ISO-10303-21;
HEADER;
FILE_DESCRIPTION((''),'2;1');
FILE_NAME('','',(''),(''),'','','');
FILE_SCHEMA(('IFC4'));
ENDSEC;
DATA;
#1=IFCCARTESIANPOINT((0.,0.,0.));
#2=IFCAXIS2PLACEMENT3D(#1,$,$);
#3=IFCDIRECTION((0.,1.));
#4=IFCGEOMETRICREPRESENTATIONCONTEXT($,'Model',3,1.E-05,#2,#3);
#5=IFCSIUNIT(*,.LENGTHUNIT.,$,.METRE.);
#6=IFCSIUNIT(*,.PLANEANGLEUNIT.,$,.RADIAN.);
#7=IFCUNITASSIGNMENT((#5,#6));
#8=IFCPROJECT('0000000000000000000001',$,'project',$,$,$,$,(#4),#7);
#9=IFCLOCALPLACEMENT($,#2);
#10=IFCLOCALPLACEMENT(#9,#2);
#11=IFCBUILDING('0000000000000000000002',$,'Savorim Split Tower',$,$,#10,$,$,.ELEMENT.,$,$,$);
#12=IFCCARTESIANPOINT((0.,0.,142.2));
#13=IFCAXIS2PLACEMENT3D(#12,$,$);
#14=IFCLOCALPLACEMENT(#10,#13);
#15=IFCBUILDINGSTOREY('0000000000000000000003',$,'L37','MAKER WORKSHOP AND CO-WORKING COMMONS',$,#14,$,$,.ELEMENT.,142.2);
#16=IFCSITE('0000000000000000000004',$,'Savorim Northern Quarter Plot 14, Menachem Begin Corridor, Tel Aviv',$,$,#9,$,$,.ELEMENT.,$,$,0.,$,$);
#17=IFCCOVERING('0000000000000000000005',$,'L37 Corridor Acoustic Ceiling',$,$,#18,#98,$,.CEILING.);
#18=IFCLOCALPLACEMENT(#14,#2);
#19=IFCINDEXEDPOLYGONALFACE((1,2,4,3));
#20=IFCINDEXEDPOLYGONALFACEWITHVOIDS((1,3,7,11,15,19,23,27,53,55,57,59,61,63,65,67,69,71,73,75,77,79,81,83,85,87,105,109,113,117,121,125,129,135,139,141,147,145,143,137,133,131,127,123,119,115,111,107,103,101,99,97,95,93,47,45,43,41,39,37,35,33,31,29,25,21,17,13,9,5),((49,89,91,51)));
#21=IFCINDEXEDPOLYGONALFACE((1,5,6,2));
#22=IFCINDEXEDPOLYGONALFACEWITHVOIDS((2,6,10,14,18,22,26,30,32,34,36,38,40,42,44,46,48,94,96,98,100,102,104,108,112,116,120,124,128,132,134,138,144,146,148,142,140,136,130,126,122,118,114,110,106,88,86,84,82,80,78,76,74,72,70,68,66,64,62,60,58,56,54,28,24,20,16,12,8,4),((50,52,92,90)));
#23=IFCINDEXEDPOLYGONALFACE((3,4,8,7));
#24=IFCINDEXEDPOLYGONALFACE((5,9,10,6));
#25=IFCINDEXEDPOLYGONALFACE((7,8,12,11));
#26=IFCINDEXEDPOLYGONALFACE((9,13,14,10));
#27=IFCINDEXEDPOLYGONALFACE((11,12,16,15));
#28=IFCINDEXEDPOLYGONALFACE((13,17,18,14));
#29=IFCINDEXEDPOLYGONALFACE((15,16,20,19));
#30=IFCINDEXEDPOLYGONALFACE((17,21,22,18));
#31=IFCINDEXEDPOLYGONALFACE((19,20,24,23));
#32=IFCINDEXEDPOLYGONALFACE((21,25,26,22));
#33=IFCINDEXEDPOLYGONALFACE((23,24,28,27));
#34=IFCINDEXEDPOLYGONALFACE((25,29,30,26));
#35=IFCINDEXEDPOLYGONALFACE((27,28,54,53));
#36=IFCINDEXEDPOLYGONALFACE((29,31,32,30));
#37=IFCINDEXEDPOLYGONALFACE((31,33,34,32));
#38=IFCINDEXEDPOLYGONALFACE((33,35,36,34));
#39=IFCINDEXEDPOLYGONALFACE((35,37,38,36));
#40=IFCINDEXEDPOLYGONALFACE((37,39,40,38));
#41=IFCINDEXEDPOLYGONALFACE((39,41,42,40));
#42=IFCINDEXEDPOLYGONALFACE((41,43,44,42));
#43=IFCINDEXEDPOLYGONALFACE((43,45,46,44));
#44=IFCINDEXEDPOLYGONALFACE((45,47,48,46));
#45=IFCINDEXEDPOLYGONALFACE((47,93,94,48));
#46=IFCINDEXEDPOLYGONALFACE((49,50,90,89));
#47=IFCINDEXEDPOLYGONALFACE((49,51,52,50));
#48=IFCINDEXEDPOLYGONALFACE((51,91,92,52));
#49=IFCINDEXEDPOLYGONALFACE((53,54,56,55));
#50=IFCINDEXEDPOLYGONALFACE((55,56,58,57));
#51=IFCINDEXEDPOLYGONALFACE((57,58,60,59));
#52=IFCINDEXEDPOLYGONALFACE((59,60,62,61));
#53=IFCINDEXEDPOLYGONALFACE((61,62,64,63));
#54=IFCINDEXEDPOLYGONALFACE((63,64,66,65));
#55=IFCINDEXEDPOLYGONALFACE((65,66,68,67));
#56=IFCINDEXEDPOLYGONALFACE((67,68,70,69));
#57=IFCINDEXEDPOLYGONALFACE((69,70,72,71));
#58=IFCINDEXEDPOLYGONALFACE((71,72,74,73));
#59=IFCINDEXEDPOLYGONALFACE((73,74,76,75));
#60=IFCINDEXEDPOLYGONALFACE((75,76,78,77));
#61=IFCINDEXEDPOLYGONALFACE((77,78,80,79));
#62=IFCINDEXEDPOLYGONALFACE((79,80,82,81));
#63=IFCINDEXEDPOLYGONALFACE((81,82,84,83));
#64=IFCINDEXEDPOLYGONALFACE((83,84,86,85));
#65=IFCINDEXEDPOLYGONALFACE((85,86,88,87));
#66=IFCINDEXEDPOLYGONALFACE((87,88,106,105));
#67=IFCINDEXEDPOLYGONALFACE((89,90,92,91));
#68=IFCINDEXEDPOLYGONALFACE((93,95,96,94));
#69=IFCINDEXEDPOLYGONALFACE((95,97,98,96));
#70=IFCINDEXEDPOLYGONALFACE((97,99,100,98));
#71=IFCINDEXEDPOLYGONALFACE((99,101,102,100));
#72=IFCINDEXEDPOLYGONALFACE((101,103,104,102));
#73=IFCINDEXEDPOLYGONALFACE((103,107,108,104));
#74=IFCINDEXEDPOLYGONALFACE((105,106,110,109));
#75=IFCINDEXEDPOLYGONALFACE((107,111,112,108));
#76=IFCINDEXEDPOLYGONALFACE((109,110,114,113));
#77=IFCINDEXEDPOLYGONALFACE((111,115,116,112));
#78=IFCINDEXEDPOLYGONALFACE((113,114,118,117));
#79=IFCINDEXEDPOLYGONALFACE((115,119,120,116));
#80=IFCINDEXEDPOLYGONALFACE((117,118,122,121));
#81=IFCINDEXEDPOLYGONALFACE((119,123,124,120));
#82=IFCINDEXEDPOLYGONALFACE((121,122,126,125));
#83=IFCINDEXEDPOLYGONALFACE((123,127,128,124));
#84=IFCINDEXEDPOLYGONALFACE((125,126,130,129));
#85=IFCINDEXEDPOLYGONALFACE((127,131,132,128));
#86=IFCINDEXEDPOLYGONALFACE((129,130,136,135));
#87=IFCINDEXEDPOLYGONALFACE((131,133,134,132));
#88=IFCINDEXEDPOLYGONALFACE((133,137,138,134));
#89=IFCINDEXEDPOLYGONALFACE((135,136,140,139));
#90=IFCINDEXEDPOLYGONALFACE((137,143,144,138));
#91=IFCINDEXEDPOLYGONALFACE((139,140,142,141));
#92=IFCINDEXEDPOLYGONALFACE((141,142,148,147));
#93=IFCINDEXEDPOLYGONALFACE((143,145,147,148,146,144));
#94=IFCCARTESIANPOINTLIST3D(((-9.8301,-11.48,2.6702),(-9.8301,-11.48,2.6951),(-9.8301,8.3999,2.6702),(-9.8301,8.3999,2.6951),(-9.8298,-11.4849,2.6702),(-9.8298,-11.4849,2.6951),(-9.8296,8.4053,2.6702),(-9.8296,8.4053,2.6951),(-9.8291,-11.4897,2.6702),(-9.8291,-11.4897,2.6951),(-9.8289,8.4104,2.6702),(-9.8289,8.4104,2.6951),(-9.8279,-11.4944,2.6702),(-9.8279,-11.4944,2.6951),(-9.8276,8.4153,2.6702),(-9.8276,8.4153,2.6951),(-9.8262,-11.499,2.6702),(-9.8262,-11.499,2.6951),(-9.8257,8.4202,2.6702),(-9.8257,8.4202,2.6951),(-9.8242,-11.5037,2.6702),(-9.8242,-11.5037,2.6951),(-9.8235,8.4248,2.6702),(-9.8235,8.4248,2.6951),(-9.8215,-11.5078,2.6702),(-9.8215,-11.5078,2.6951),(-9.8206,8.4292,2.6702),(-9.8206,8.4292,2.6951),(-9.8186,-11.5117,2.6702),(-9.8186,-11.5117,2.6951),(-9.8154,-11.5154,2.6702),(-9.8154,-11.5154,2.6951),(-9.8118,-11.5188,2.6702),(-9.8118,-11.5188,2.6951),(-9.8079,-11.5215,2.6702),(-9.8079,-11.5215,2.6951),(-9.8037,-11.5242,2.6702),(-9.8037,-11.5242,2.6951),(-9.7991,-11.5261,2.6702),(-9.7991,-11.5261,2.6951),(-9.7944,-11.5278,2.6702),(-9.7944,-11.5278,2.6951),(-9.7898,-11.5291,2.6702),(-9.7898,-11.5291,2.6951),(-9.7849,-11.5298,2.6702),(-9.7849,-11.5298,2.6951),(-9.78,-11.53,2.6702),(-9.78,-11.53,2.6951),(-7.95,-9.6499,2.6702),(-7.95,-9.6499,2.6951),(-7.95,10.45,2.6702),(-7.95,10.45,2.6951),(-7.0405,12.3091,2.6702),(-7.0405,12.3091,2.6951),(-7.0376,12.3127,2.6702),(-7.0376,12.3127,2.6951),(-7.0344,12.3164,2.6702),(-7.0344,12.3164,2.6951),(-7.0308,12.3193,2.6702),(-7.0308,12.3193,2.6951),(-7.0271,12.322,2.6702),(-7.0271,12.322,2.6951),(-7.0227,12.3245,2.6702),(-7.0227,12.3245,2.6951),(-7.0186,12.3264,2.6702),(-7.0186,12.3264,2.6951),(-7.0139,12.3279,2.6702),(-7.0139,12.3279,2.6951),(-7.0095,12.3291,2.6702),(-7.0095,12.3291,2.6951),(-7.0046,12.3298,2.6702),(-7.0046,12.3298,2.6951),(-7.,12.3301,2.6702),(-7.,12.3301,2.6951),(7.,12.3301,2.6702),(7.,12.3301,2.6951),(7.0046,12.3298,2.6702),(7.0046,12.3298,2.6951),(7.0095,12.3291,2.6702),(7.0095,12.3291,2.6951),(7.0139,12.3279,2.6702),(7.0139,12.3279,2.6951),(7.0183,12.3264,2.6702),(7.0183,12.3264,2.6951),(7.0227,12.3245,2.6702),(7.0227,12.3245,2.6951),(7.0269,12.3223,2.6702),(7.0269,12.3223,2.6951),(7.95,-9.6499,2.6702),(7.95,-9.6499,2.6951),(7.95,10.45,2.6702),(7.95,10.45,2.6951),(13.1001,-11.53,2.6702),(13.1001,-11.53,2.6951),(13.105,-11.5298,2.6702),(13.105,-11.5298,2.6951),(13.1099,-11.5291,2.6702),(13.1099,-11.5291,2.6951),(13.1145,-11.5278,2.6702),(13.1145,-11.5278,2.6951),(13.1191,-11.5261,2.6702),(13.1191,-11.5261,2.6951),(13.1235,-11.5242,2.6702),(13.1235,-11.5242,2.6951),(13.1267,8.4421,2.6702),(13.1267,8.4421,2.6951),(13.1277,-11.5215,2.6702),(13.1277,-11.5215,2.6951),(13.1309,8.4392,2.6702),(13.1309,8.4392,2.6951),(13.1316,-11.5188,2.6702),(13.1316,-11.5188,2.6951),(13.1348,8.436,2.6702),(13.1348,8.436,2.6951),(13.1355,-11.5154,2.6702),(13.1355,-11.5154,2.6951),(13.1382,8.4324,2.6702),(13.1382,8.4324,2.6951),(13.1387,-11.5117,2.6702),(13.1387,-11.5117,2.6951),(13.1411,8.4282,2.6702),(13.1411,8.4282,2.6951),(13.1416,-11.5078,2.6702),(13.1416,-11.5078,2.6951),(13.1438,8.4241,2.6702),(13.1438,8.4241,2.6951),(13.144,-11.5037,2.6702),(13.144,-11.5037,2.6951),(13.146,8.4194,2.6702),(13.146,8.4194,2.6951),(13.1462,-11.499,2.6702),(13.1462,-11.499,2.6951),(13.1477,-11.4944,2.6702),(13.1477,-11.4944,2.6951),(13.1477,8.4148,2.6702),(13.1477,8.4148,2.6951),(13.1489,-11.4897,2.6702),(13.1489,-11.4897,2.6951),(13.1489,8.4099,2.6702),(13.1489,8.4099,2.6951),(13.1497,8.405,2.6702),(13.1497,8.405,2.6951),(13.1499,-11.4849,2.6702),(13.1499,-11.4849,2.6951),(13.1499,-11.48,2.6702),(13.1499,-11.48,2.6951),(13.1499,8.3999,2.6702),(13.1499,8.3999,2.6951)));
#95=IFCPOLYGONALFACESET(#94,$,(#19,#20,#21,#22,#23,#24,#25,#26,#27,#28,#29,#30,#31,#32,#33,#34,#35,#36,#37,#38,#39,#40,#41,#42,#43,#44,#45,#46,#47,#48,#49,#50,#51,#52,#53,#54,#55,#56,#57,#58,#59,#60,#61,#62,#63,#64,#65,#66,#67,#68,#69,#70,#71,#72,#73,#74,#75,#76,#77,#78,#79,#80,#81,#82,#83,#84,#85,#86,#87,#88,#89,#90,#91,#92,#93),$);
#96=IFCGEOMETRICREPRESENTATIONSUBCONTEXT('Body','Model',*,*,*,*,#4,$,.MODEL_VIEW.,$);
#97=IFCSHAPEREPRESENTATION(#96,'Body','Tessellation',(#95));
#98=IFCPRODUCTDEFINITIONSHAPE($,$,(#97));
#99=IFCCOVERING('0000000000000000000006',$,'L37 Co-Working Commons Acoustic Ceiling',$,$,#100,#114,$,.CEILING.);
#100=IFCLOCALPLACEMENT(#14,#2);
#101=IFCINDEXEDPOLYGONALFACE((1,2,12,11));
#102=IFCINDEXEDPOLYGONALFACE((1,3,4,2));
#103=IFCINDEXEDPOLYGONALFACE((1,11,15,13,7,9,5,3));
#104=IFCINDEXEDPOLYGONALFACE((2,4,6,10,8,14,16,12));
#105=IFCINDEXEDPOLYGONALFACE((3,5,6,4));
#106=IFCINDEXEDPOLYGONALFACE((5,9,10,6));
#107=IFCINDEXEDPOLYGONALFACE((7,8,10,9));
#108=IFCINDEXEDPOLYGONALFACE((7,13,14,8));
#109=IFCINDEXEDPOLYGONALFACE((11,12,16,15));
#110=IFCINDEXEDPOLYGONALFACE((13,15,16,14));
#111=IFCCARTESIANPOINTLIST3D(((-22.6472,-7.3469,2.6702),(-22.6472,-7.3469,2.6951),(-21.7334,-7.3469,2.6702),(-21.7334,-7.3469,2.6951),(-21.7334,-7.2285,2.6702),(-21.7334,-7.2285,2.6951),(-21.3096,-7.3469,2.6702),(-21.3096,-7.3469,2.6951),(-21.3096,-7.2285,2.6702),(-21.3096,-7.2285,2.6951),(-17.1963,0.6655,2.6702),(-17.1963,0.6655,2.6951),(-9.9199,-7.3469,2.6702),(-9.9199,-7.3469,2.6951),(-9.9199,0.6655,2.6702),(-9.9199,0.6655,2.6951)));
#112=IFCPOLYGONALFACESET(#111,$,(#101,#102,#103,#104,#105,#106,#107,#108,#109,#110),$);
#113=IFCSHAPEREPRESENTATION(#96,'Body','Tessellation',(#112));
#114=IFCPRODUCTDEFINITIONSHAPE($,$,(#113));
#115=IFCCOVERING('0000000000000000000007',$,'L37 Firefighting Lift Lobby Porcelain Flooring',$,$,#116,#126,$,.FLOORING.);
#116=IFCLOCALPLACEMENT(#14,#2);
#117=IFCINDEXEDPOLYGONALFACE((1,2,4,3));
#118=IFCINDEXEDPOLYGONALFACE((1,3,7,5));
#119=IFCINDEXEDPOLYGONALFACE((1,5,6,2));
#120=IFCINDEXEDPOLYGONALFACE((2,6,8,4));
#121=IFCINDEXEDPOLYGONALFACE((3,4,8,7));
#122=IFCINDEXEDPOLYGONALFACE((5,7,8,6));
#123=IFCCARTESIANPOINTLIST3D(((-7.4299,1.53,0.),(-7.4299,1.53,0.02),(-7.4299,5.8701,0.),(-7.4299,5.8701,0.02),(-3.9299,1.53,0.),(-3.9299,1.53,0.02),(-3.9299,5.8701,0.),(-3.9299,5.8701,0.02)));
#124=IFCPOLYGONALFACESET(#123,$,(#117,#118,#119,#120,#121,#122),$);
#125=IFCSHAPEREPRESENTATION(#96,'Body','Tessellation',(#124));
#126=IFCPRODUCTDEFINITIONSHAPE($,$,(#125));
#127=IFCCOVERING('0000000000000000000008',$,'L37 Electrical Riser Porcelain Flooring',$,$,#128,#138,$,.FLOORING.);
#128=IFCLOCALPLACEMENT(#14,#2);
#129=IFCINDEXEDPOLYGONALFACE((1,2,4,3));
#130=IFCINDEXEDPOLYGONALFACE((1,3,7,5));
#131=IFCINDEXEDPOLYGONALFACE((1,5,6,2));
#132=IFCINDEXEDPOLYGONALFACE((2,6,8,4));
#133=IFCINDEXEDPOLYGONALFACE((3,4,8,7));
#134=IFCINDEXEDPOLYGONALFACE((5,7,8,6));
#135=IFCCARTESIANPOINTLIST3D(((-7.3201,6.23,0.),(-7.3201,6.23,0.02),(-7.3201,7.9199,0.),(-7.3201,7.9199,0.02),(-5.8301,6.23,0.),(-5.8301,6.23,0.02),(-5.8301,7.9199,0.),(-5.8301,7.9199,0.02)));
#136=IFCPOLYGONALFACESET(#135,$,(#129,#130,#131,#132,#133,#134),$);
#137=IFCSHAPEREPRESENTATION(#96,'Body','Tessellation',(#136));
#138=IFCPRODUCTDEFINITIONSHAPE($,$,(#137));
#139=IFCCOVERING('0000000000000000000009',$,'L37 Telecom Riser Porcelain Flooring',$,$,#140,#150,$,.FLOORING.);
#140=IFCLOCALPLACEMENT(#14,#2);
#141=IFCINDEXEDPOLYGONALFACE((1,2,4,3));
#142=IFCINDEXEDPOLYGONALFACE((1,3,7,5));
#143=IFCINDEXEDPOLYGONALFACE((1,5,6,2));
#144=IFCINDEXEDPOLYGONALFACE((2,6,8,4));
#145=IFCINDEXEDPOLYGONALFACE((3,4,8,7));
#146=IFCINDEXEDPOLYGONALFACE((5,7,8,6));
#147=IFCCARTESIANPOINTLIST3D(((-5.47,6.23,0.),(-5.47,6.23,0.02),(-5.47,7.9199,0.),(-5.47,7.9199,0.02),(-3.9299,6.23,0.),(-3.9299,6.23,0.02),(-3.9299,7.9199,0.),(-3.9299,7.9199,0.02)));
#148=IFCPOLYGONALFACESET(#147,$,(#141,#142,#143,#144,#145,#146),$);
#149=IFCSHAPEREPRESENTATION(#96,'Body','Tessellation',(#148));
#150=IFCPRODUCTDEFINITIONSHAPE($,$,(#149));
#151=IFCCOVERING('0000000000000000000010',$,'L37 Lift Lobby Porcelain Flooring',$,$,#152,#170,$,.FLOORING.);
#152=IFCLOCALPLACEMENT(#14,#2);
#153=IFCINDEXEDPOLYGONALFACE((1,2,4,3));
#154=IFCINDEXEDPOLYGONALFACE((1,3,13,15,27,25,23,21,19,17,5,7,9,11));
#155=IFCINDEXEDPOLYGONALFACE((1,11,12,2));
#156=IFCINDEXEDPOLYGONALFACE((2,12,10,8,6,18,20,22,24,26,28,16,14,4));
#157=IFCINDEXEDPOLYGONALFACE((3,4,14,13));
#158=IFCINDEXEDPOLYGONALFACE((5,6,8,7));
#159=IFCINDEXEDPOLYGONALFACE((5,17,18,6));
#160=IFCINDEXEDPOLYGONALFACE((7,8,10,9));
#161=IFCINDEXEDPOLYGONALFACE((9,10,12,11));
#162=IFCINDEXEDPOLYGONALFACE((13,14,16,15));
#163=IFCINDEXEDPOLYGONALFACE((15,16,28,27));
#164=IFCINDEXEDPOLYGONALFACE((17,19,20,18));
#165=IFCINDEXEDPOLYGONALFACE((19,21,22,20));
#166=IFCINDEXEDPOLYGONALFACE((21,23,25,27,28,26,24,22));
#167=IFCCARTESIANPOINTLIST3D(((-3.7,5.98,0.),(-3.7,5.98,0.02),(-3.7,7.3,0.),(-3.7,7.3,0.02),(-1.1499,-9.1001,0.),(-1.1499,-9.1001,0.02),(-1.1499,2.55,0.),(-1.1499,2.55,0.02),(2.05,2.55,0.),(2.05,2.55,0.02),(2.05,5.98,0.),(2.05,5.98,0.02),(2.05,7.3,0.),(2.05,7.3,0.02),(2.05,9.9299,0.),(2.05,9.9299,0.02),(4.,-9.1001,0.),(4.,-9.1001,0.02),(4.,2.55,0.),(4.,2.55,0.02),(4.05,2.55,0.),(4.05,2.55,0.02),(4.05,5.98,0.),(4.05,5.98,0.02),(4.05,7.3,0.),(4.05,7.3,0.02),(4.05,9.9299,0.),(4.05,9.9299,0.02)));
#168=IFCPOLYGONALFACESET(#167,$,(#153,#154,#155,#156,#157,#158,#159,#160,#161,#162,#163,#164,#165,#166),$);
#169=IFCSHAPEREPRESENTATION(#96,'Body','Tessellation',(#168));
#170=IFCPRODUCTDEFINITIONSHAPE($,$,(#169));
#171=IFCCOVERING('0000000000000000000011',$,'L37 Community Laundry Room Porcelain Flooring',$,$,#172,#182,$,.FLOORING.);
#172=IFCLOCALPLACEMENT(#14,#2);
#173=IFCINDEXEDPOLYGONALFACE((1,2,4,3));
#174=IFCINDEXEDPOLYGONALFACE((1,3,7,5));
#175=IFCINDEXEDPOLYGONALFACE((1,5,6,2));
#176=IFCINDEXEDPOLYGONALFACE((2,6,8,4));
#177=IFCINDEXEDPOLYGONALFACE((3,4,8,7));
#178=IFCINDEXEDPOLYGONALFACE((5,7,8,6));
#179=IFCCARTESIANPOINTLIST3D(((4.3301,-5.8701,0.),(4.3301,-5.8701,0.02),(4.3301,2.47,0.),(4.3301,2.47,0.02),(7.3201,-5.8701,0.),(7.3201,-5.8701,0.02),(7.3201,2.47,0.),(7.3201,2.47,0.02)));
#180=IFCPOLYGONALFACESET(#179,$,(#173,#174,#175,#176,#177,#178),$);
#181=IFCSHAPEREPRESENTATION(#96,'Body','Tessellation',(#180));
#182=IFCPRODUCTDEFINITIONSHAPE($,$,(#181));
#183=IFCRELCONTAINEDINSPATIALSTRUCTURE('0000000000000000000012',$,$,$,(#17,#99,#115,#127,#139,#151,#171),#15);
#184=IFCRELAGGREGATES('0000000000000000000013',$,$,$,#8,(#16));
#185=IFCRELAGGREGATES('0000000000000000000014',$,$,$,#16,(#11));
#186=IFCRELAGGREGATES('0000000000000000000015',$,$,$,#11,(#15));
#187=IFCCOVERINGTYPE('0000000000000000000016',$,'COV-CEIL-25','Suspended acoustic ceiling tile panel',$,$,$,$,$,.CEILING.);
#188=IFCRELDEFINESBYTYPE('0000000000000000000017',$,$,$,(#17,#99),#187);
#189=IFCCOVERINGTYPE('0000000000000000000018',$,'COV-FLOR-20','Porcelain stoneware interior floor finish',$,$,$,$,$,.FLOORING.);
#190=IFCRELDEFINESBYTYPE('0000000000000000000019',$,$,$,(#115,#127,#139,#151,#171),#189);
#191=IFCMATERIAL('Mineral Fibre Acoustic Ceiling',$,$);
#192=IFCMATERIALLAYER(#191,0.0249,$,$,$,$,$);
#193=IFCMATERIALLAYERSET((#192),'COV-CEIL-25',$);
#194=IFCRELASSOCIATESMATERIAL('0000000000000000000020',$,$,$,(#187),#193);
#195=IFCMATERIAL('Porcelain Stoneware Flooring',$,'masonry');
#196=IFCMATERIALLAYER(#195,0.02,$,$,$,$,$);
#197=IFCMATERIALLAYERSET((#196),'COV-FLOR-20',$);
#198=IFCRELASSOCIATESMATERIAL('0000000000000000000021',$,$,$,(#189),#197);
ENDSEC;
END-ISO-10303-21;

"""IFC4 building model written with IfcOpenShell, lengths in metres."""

from ifc_helpers import new_model, si_unit, direction, frame, origin, place, context, subcontext, project, spatial, polyline, outline, extrude, material, layer, layer_set, type_object, element, save


model = new_model("IFC4")

# Units and contexts
model_context = context("Model", 3, precision=1e-05, world=origin(), true_north=direction((0.0, 1.0)))
body_context = subcontext(model_context, "Body", "Model", "MODEL_VIEW")
ifc_project = project(units=[si_unit("LENGTHUNIT", "METRE"), si_unit("PLANEANGLEUNIT", "RADIAN")], contexts=[model_context])

# Site, building, storey
site_placement = place(None, origin())
site = spatial("IfcSite", under=ifc_project, at=site_placement, Name="Savorim Northern Quarter Plot 14, Menachem Begin Corridor, Tel Aviv", CompositionType="ELEMENT", RefElevation=0.0)
building_placement = place(site_placement, origin())
building = spatial("IfcBuilding", under=site, at=building_placement, Name="Savorim Split Tower", CompositionType="ELEMENT")
storey_placement = place(building_placement, frame((0.0, 0.0, 142.2)))
storey = spatial("IfcBuildingStorey", under=building, at=storey_placement, Name="L37", Description="MAKER WORKSHOP AND CO-WORKING COMMONS", CompositionType="ELEMENT", Elevation=142.2)

# Coverings
ifc_material_1 = material(Name="Mineral Fibre Acoustic Ceiling")
ifc_layer_1 = layer(ifc_material_1, 0.0249)
ifc_layer_set_1 = layer_set([ifc_layer_1], Name="COV-CEIL-25")
covering_type_1 = type_object("IfcCoveringType", Name="COV-CEIL-25", Description="Suspended acoustic ceiling tile panel", PredefinedType="CEILING", material=ifc_layer_set_1)
covering_1_placement = place(storey_placement, frame((0.0, 0.0, 2.6702)))
element("IfcCovering", 1, at=covering_1_placement, inside=storey, type_object=covering_type_1, Name="L37 Corridor Acoustic Ceiling", PredefinedType="CEILING", context=body_context, shape_type="SweptSolid", body=[
    extrude(outline(polyline([(7.0095, 12.3291), (7.0046, 12.3298), (7.0, 12.3301), (-7.0, 12.3301), (-7.0046, 12.3298), (-7.0095, 12.3291), (-7.0139, 12.3279), (-7.0186, 12.3264), (-7.0227, 12.3245), (-7.0271, 12.322), (-7.0308, 12.3193), (-7.0344, 12.3164), (-7.0376, 12.3127), (-7.0405, 12.3091), (-9.8206, 8.4292), (-9.8235, 8.4248), (-9.8257, 8.4202), (-9.8276, 8.4153), (-9.8289, 8.4104), (-9.8296, 8.4053), (-9.8301, 8.3999), (-9.8301, -11.48), (-9.8298, -11.4849), (-9.8291, -11.4897), (-9.8279, -11.4944), (-9.8262, -11.499), (-9.8242, -11.5037), (-9.8215, -11.5078), (-9.8186, -11.5117), (-9.8154, -11.5154), (-9.8118, -11.5188), (-9.8079, -11.5215), (-9.8037, -11.5242), (-9.7991, -11.5261), (-9.7944, -11.5278), (-9.7898, -11.5291), (-9.7849, -11.5298), (-9.78, -11.53), (13.1001, -11.53), (13.105, -11.5298), (13.1099, -11.5291), (13.1145, -11.5278), (13.1191, -11.5261), (13.1235, -11.5242), (13.1277, -11.5215), (13.1316, -11.5188), (13.1355, -11.5154), (13.1387, -11.5117), (13.1416, -11.5078), (13.144, -11.5037), (13.1462, -11.499), (13.1477, -11.4944), (13.1489, -11.4897), (13.1499, -11.4849), (13.1499, -11.48), (13.1499, 8.3999), (13.1497, 8.405), (13.1489, 8.4099), (13.1477, 8.4148), (13.146, 8.4194), (13.1438, 8.4241), (13.1411, 8.4282), (13.1382, 8.4324), (13.1348, 8.436), (13.1309, 8.4392), (13.1267, 8.4421), (7.0269, 12.3223), (7.0227, 12.3245), (7.0183, 12.3264), (7.0139, 12.3279), (7.0095, 12.3291)]), holes=[polyline([(-7.95, 10.45), (-7.95, -9.6499), (7.95, -9.6499), (7.95, 10.45), (-7.95, 10.45)])]), origin(), (0.0, 0.0, 1.0), 0.0249),
])
covering_2_placement = place(storey_placement, frame((0.0, 0.0, 2.6702)))
element("IfcCovering", 2, at=covering_2_placement, inside=storey, type_object=covering_type_1, Name="L37 Co-Working Commons Acoustic Ceiling", PredefinedType="CEILING", context=body_context, shape_type="SweptSolid", body=[
    extrude(outline(polyline([(-21.3096, -7.2285), (-21.3096, -7.3469), (-9.9199, -7.3469), (-9.9199, 0.6655), (-17.1963, 0.6655), (-22.6472, -7.3469), (-21.7334, -7.3469), (-21.7334, -7.2285), (-21.3096, -7.2285)])), origin(), (0.0, 0.0, 1.0), 0.0249),
])
ifc_material_2 = material(Name="Porcelain Stoneware Flooring", Category="masonry")
ifc_layer_2 = layer(ifc_material_2, 0.02)
ifc_layer_set_2 = layer_set([ifc_layer_2], Name="COV-FLOR-20")
covering_type_2 = type_object("IfcCoveringType", Name="COV-FLOR-20", Description="Porcelain stoneware interior floor finish", PredefinedType="FLOORING", material=ifc_layer_set_2)
covering_3_placement = place(storey_placement, origin())
element("IfcCovering", 3, at=covering_3_placement, inside=storey, type_object=covering_type_2, Name="L37 Firefighting Lift Lobby Porcelain Flooring", PredefinedType="FLOORING", context=body_context, shape_type="SweptSolid", body=[
    extrude(outline(polyline([(-7.4299, 5.8701), (-7.4299, 1.53), (-3.9299, 1.53), (-3.9299, 5.8701), (-7.4299, 5.8701)])), origin(), (0.0, 0.0, 1.0), 0.02),
])
covering_4_placement = place(storey_placement, origin())
element("IfcCovering", 4, at=covering_4_placement, inside=storey, type_object=covering_type_2, Name="L37 Electrical Riser Porcelain Flooring", PredefinedType="FLOORING", context=body_context, shape_type="SweptSolid", body=[
    extrude(outline(polyline([(-7.3201, 7.9199), (-7.3201, 6.23), (-5.8301, 6.23), (-5.8301, 7.9199), (-7.3201, 7.9199)])), origin(), (0.0, 0.0, 1.0), 0.02),
])
covering_5_placement = place(storey_placement, origin())
element("IfcCovering", 5, at=covering_5_placement, inside=storey, type_object=covering_type_2, Name="L37 Telecom Riser Porcelain Flooring", PredefinedType="FLOORING", context=body_context, shape_type="SweptSolid", body=[
    extrude(outline(polyline([(-5.47, 7.9199), (-5.47, 6.23), (-3.9299, 6.23), (-3.9299, 7.9199), (-5.47, 7.9199)])), origin(), (0.0, 0.0, 1.0), 0.02),
])
covering_6_placement = place(storey_placement, origin())
element("IfcCovering", 6, at=covering_6_placement, inside=storey, type_object=covering_type_2, Name="L37 Lift Lobby Porcelain Flooring", PredefinedType="FLOORING", context=body_context, shape_type="SweptSolid", body=[
    extrude(outline(polyline([(2.05, 2.55), (-1.1499, 2.55), (-1.1499, -9.1001), (4.0, -9.1001), (4.0, 2.55), (4.05, 2.55), (4.05, 5.98), (4.05, 7.3), (4.05, 9.9299), (2.05, 9.9299), (2.05, 7.3), (-3.7, 7.3), (-3.7, 5.98), (2.05, 5.98), (2.05, 2.55)])), origin(), (0.0, 0.0, 1.0), 0.02),
])
covering_7_placement = place(storey_placement, origin())
element("IfcCovering", 7, at=covering_7_placement, inside=storey, type_object=covering_type_2, Name="L37 Community Laundry Room Porcelain Flooring", PredefinedType="FLOORING", context=body_context, shape_type="SweptSolid", body=[
    extrude(outline(polyline([(4.3301, 2.47), (4.3301, -5.8701), (7.3201, -5.8701), (7.3201, 2.47), (4.3301, 2.47)])), origin(), (0.0, 0.0, 1.0), 0.02),
])

save(model, "model.ifc")
